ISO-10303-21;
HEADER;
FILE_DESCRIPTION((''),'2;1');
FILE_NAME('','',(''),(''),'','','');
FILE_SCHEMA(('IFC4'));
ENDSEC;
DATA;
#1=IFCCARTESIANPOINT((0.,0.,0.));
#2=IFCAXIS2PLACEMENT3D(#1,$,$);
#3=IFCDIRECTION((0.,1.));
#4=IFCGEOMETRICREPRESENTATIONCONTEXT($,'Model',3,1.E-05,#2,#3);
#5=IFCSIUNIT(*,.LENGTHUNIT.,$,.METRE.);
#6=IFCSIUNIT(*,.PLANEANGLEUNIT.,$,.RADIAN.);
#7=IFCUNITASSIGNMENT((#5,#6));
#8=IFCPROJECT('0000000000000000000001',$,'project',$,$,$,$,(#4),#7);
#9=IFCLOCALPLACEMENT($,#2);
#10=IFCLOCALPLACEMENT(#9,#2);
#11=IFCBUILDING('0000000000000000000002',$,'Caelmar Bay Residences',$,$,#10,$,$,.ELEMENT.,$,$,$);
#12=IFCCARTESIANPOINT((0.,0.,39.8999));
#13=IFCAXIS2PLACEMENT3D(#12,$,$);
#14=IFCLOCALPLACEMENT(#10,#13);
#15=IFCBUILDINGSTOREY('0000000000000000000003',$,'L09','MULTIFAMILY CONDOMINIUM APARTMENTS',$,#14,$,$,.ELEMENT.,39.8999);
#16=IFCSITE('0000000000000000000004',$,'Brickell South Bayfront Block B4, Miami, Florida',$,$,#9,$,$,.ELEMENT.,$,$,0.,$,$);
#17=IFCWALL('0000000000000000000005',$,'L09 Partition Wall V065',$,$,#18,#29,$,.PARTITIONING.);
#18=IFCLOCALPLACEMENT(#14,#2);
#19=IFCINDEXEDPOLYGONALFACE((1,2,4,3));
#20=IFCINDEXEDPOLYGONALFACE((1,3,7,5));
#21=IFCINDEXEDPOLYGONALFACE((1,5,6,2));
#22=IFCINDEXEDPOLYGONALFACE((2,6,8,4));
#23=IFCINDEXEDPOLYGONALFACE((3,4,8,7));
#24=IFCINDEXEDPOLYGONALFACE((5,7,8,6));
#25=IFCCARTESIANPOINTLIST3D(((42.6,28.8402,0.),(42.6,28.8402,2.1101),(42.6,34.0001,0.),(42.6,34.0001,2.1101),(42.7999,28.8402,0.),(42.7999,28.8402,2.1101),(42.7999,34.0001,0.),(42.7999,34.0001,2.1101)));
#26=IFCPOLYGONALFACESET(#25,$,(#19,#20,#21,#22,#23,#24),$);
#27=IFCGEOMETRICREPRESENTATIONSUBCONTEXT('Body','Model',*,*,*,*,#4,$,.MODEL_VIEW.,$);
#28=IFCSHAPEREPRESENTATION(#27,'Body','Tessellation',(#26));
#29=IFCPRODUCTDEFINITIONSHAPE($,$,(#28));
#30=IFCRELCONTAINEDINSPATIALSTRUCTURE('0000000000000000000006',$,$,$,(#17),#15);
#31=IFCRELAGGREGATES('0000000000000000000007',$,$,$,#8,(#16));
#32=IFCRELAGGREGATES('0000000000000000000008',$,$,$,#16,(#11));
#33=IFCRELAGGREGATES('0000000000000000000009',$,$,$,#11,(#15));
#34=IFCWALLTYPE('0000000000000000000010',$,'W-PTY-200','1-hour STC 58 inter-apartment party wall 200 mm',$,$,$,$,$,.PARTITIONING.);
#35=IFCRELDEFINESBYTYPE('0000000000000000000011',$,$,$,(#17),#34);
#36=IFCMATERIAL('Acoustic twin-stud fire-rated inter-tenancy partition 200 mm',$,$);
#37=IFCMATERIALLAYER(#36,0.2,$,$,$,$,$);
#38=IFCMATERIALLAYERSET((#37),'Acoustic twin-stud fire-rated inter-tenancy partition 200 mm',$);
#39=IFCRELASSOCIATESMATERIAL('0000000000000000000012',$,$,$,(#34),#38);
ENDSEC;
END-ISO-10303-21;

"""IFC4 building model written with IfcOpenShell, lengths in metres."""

from ifc_helpers import new_model, si_unit, direction, frame, frame_2d, origin, place, context, subcontext, project, spatial, rectangle, extrude, material, layer, layer_set, type_object, element, save


model = new_model("IFC4")

# Units and contexts
model_context = context("Model", 3, precision=1e-05, world=origin(), true_north=direction((0.0, 1.0)))
body_context = subcontext(model_context, "Body", "Model", "MODEL_VIEW")
ifc_project = project(units=[si_unit("LENGTHUNIT", "METRE"), si_unit("PLANEANGLEUNIT", "RADIAN")], contexts=[model_context])

# Site, building, storey
site_placement = place(None, origin())
site = spatial("IfcSite", under=ifc_project, at=site_placement, Name="Brickell South Bayfront Block B4, Miami, Florida", CompositionType="ELEMENT", RefElevation=0.0)
building_placement = place(site_placement, origin())
building = spatial("IfcBuilding", under=site, at=building_placement, Name="Caelmar Bay Residences", CompositionType="ELEMENT")
storey_placement = place(building_placement, frame((0.0, 0.0, 39.8999)))
storey = spatial("IfcBuildingStorey", under=building, at=storey_placement, Name="L09", Description="MULTIFAMILY CONDOMINIUM APARTMENTS", CompositionType="ELEMENT", Elevation=39.8999)

# Wall
ifc_material_1 = material(Name="Acoustic twin-stud fire-rated inter-tenancy partition 200 mm")
ifc_layer_1 = layer(ifc_material_1, 0.2)
ifc_layer_set_1 = layer_set([ifc_layer_1], Name="Acoustic twin-stud fire-rated inter-tenancy partition 200 mm")
wall_type_1 = type_object("IfcWallType", Name="W-PTY-200", Description="1-hour STC 58 inter-apartment party wall 200 mm", PredefinedType="PARTITIONING", material=ifc_layer_set_1)
wall_1_placement = place(storey_placement, frame((42.7, 28.8401, 0.0), z_axis=(0.0, 0.0, 1.0), x_axis=(0.0, 1.0, 0.0)))
element("IfcWall", 1, at=wall_1_placement, inside=storey, type_object=wall_type_1, Name="L09 Partition Wall V065", PredefinedType="PARTITIONING", context=body_context, shape_type="SweptSolid", body=[
    extrude(rectangle(XDim=5.1599, YDim=0.2, at=frame_2d((2.5801, 0.0))), origin(), (0.0, 0.0, 1.0), 2.1101),
])

save(model, "model.ifc")
